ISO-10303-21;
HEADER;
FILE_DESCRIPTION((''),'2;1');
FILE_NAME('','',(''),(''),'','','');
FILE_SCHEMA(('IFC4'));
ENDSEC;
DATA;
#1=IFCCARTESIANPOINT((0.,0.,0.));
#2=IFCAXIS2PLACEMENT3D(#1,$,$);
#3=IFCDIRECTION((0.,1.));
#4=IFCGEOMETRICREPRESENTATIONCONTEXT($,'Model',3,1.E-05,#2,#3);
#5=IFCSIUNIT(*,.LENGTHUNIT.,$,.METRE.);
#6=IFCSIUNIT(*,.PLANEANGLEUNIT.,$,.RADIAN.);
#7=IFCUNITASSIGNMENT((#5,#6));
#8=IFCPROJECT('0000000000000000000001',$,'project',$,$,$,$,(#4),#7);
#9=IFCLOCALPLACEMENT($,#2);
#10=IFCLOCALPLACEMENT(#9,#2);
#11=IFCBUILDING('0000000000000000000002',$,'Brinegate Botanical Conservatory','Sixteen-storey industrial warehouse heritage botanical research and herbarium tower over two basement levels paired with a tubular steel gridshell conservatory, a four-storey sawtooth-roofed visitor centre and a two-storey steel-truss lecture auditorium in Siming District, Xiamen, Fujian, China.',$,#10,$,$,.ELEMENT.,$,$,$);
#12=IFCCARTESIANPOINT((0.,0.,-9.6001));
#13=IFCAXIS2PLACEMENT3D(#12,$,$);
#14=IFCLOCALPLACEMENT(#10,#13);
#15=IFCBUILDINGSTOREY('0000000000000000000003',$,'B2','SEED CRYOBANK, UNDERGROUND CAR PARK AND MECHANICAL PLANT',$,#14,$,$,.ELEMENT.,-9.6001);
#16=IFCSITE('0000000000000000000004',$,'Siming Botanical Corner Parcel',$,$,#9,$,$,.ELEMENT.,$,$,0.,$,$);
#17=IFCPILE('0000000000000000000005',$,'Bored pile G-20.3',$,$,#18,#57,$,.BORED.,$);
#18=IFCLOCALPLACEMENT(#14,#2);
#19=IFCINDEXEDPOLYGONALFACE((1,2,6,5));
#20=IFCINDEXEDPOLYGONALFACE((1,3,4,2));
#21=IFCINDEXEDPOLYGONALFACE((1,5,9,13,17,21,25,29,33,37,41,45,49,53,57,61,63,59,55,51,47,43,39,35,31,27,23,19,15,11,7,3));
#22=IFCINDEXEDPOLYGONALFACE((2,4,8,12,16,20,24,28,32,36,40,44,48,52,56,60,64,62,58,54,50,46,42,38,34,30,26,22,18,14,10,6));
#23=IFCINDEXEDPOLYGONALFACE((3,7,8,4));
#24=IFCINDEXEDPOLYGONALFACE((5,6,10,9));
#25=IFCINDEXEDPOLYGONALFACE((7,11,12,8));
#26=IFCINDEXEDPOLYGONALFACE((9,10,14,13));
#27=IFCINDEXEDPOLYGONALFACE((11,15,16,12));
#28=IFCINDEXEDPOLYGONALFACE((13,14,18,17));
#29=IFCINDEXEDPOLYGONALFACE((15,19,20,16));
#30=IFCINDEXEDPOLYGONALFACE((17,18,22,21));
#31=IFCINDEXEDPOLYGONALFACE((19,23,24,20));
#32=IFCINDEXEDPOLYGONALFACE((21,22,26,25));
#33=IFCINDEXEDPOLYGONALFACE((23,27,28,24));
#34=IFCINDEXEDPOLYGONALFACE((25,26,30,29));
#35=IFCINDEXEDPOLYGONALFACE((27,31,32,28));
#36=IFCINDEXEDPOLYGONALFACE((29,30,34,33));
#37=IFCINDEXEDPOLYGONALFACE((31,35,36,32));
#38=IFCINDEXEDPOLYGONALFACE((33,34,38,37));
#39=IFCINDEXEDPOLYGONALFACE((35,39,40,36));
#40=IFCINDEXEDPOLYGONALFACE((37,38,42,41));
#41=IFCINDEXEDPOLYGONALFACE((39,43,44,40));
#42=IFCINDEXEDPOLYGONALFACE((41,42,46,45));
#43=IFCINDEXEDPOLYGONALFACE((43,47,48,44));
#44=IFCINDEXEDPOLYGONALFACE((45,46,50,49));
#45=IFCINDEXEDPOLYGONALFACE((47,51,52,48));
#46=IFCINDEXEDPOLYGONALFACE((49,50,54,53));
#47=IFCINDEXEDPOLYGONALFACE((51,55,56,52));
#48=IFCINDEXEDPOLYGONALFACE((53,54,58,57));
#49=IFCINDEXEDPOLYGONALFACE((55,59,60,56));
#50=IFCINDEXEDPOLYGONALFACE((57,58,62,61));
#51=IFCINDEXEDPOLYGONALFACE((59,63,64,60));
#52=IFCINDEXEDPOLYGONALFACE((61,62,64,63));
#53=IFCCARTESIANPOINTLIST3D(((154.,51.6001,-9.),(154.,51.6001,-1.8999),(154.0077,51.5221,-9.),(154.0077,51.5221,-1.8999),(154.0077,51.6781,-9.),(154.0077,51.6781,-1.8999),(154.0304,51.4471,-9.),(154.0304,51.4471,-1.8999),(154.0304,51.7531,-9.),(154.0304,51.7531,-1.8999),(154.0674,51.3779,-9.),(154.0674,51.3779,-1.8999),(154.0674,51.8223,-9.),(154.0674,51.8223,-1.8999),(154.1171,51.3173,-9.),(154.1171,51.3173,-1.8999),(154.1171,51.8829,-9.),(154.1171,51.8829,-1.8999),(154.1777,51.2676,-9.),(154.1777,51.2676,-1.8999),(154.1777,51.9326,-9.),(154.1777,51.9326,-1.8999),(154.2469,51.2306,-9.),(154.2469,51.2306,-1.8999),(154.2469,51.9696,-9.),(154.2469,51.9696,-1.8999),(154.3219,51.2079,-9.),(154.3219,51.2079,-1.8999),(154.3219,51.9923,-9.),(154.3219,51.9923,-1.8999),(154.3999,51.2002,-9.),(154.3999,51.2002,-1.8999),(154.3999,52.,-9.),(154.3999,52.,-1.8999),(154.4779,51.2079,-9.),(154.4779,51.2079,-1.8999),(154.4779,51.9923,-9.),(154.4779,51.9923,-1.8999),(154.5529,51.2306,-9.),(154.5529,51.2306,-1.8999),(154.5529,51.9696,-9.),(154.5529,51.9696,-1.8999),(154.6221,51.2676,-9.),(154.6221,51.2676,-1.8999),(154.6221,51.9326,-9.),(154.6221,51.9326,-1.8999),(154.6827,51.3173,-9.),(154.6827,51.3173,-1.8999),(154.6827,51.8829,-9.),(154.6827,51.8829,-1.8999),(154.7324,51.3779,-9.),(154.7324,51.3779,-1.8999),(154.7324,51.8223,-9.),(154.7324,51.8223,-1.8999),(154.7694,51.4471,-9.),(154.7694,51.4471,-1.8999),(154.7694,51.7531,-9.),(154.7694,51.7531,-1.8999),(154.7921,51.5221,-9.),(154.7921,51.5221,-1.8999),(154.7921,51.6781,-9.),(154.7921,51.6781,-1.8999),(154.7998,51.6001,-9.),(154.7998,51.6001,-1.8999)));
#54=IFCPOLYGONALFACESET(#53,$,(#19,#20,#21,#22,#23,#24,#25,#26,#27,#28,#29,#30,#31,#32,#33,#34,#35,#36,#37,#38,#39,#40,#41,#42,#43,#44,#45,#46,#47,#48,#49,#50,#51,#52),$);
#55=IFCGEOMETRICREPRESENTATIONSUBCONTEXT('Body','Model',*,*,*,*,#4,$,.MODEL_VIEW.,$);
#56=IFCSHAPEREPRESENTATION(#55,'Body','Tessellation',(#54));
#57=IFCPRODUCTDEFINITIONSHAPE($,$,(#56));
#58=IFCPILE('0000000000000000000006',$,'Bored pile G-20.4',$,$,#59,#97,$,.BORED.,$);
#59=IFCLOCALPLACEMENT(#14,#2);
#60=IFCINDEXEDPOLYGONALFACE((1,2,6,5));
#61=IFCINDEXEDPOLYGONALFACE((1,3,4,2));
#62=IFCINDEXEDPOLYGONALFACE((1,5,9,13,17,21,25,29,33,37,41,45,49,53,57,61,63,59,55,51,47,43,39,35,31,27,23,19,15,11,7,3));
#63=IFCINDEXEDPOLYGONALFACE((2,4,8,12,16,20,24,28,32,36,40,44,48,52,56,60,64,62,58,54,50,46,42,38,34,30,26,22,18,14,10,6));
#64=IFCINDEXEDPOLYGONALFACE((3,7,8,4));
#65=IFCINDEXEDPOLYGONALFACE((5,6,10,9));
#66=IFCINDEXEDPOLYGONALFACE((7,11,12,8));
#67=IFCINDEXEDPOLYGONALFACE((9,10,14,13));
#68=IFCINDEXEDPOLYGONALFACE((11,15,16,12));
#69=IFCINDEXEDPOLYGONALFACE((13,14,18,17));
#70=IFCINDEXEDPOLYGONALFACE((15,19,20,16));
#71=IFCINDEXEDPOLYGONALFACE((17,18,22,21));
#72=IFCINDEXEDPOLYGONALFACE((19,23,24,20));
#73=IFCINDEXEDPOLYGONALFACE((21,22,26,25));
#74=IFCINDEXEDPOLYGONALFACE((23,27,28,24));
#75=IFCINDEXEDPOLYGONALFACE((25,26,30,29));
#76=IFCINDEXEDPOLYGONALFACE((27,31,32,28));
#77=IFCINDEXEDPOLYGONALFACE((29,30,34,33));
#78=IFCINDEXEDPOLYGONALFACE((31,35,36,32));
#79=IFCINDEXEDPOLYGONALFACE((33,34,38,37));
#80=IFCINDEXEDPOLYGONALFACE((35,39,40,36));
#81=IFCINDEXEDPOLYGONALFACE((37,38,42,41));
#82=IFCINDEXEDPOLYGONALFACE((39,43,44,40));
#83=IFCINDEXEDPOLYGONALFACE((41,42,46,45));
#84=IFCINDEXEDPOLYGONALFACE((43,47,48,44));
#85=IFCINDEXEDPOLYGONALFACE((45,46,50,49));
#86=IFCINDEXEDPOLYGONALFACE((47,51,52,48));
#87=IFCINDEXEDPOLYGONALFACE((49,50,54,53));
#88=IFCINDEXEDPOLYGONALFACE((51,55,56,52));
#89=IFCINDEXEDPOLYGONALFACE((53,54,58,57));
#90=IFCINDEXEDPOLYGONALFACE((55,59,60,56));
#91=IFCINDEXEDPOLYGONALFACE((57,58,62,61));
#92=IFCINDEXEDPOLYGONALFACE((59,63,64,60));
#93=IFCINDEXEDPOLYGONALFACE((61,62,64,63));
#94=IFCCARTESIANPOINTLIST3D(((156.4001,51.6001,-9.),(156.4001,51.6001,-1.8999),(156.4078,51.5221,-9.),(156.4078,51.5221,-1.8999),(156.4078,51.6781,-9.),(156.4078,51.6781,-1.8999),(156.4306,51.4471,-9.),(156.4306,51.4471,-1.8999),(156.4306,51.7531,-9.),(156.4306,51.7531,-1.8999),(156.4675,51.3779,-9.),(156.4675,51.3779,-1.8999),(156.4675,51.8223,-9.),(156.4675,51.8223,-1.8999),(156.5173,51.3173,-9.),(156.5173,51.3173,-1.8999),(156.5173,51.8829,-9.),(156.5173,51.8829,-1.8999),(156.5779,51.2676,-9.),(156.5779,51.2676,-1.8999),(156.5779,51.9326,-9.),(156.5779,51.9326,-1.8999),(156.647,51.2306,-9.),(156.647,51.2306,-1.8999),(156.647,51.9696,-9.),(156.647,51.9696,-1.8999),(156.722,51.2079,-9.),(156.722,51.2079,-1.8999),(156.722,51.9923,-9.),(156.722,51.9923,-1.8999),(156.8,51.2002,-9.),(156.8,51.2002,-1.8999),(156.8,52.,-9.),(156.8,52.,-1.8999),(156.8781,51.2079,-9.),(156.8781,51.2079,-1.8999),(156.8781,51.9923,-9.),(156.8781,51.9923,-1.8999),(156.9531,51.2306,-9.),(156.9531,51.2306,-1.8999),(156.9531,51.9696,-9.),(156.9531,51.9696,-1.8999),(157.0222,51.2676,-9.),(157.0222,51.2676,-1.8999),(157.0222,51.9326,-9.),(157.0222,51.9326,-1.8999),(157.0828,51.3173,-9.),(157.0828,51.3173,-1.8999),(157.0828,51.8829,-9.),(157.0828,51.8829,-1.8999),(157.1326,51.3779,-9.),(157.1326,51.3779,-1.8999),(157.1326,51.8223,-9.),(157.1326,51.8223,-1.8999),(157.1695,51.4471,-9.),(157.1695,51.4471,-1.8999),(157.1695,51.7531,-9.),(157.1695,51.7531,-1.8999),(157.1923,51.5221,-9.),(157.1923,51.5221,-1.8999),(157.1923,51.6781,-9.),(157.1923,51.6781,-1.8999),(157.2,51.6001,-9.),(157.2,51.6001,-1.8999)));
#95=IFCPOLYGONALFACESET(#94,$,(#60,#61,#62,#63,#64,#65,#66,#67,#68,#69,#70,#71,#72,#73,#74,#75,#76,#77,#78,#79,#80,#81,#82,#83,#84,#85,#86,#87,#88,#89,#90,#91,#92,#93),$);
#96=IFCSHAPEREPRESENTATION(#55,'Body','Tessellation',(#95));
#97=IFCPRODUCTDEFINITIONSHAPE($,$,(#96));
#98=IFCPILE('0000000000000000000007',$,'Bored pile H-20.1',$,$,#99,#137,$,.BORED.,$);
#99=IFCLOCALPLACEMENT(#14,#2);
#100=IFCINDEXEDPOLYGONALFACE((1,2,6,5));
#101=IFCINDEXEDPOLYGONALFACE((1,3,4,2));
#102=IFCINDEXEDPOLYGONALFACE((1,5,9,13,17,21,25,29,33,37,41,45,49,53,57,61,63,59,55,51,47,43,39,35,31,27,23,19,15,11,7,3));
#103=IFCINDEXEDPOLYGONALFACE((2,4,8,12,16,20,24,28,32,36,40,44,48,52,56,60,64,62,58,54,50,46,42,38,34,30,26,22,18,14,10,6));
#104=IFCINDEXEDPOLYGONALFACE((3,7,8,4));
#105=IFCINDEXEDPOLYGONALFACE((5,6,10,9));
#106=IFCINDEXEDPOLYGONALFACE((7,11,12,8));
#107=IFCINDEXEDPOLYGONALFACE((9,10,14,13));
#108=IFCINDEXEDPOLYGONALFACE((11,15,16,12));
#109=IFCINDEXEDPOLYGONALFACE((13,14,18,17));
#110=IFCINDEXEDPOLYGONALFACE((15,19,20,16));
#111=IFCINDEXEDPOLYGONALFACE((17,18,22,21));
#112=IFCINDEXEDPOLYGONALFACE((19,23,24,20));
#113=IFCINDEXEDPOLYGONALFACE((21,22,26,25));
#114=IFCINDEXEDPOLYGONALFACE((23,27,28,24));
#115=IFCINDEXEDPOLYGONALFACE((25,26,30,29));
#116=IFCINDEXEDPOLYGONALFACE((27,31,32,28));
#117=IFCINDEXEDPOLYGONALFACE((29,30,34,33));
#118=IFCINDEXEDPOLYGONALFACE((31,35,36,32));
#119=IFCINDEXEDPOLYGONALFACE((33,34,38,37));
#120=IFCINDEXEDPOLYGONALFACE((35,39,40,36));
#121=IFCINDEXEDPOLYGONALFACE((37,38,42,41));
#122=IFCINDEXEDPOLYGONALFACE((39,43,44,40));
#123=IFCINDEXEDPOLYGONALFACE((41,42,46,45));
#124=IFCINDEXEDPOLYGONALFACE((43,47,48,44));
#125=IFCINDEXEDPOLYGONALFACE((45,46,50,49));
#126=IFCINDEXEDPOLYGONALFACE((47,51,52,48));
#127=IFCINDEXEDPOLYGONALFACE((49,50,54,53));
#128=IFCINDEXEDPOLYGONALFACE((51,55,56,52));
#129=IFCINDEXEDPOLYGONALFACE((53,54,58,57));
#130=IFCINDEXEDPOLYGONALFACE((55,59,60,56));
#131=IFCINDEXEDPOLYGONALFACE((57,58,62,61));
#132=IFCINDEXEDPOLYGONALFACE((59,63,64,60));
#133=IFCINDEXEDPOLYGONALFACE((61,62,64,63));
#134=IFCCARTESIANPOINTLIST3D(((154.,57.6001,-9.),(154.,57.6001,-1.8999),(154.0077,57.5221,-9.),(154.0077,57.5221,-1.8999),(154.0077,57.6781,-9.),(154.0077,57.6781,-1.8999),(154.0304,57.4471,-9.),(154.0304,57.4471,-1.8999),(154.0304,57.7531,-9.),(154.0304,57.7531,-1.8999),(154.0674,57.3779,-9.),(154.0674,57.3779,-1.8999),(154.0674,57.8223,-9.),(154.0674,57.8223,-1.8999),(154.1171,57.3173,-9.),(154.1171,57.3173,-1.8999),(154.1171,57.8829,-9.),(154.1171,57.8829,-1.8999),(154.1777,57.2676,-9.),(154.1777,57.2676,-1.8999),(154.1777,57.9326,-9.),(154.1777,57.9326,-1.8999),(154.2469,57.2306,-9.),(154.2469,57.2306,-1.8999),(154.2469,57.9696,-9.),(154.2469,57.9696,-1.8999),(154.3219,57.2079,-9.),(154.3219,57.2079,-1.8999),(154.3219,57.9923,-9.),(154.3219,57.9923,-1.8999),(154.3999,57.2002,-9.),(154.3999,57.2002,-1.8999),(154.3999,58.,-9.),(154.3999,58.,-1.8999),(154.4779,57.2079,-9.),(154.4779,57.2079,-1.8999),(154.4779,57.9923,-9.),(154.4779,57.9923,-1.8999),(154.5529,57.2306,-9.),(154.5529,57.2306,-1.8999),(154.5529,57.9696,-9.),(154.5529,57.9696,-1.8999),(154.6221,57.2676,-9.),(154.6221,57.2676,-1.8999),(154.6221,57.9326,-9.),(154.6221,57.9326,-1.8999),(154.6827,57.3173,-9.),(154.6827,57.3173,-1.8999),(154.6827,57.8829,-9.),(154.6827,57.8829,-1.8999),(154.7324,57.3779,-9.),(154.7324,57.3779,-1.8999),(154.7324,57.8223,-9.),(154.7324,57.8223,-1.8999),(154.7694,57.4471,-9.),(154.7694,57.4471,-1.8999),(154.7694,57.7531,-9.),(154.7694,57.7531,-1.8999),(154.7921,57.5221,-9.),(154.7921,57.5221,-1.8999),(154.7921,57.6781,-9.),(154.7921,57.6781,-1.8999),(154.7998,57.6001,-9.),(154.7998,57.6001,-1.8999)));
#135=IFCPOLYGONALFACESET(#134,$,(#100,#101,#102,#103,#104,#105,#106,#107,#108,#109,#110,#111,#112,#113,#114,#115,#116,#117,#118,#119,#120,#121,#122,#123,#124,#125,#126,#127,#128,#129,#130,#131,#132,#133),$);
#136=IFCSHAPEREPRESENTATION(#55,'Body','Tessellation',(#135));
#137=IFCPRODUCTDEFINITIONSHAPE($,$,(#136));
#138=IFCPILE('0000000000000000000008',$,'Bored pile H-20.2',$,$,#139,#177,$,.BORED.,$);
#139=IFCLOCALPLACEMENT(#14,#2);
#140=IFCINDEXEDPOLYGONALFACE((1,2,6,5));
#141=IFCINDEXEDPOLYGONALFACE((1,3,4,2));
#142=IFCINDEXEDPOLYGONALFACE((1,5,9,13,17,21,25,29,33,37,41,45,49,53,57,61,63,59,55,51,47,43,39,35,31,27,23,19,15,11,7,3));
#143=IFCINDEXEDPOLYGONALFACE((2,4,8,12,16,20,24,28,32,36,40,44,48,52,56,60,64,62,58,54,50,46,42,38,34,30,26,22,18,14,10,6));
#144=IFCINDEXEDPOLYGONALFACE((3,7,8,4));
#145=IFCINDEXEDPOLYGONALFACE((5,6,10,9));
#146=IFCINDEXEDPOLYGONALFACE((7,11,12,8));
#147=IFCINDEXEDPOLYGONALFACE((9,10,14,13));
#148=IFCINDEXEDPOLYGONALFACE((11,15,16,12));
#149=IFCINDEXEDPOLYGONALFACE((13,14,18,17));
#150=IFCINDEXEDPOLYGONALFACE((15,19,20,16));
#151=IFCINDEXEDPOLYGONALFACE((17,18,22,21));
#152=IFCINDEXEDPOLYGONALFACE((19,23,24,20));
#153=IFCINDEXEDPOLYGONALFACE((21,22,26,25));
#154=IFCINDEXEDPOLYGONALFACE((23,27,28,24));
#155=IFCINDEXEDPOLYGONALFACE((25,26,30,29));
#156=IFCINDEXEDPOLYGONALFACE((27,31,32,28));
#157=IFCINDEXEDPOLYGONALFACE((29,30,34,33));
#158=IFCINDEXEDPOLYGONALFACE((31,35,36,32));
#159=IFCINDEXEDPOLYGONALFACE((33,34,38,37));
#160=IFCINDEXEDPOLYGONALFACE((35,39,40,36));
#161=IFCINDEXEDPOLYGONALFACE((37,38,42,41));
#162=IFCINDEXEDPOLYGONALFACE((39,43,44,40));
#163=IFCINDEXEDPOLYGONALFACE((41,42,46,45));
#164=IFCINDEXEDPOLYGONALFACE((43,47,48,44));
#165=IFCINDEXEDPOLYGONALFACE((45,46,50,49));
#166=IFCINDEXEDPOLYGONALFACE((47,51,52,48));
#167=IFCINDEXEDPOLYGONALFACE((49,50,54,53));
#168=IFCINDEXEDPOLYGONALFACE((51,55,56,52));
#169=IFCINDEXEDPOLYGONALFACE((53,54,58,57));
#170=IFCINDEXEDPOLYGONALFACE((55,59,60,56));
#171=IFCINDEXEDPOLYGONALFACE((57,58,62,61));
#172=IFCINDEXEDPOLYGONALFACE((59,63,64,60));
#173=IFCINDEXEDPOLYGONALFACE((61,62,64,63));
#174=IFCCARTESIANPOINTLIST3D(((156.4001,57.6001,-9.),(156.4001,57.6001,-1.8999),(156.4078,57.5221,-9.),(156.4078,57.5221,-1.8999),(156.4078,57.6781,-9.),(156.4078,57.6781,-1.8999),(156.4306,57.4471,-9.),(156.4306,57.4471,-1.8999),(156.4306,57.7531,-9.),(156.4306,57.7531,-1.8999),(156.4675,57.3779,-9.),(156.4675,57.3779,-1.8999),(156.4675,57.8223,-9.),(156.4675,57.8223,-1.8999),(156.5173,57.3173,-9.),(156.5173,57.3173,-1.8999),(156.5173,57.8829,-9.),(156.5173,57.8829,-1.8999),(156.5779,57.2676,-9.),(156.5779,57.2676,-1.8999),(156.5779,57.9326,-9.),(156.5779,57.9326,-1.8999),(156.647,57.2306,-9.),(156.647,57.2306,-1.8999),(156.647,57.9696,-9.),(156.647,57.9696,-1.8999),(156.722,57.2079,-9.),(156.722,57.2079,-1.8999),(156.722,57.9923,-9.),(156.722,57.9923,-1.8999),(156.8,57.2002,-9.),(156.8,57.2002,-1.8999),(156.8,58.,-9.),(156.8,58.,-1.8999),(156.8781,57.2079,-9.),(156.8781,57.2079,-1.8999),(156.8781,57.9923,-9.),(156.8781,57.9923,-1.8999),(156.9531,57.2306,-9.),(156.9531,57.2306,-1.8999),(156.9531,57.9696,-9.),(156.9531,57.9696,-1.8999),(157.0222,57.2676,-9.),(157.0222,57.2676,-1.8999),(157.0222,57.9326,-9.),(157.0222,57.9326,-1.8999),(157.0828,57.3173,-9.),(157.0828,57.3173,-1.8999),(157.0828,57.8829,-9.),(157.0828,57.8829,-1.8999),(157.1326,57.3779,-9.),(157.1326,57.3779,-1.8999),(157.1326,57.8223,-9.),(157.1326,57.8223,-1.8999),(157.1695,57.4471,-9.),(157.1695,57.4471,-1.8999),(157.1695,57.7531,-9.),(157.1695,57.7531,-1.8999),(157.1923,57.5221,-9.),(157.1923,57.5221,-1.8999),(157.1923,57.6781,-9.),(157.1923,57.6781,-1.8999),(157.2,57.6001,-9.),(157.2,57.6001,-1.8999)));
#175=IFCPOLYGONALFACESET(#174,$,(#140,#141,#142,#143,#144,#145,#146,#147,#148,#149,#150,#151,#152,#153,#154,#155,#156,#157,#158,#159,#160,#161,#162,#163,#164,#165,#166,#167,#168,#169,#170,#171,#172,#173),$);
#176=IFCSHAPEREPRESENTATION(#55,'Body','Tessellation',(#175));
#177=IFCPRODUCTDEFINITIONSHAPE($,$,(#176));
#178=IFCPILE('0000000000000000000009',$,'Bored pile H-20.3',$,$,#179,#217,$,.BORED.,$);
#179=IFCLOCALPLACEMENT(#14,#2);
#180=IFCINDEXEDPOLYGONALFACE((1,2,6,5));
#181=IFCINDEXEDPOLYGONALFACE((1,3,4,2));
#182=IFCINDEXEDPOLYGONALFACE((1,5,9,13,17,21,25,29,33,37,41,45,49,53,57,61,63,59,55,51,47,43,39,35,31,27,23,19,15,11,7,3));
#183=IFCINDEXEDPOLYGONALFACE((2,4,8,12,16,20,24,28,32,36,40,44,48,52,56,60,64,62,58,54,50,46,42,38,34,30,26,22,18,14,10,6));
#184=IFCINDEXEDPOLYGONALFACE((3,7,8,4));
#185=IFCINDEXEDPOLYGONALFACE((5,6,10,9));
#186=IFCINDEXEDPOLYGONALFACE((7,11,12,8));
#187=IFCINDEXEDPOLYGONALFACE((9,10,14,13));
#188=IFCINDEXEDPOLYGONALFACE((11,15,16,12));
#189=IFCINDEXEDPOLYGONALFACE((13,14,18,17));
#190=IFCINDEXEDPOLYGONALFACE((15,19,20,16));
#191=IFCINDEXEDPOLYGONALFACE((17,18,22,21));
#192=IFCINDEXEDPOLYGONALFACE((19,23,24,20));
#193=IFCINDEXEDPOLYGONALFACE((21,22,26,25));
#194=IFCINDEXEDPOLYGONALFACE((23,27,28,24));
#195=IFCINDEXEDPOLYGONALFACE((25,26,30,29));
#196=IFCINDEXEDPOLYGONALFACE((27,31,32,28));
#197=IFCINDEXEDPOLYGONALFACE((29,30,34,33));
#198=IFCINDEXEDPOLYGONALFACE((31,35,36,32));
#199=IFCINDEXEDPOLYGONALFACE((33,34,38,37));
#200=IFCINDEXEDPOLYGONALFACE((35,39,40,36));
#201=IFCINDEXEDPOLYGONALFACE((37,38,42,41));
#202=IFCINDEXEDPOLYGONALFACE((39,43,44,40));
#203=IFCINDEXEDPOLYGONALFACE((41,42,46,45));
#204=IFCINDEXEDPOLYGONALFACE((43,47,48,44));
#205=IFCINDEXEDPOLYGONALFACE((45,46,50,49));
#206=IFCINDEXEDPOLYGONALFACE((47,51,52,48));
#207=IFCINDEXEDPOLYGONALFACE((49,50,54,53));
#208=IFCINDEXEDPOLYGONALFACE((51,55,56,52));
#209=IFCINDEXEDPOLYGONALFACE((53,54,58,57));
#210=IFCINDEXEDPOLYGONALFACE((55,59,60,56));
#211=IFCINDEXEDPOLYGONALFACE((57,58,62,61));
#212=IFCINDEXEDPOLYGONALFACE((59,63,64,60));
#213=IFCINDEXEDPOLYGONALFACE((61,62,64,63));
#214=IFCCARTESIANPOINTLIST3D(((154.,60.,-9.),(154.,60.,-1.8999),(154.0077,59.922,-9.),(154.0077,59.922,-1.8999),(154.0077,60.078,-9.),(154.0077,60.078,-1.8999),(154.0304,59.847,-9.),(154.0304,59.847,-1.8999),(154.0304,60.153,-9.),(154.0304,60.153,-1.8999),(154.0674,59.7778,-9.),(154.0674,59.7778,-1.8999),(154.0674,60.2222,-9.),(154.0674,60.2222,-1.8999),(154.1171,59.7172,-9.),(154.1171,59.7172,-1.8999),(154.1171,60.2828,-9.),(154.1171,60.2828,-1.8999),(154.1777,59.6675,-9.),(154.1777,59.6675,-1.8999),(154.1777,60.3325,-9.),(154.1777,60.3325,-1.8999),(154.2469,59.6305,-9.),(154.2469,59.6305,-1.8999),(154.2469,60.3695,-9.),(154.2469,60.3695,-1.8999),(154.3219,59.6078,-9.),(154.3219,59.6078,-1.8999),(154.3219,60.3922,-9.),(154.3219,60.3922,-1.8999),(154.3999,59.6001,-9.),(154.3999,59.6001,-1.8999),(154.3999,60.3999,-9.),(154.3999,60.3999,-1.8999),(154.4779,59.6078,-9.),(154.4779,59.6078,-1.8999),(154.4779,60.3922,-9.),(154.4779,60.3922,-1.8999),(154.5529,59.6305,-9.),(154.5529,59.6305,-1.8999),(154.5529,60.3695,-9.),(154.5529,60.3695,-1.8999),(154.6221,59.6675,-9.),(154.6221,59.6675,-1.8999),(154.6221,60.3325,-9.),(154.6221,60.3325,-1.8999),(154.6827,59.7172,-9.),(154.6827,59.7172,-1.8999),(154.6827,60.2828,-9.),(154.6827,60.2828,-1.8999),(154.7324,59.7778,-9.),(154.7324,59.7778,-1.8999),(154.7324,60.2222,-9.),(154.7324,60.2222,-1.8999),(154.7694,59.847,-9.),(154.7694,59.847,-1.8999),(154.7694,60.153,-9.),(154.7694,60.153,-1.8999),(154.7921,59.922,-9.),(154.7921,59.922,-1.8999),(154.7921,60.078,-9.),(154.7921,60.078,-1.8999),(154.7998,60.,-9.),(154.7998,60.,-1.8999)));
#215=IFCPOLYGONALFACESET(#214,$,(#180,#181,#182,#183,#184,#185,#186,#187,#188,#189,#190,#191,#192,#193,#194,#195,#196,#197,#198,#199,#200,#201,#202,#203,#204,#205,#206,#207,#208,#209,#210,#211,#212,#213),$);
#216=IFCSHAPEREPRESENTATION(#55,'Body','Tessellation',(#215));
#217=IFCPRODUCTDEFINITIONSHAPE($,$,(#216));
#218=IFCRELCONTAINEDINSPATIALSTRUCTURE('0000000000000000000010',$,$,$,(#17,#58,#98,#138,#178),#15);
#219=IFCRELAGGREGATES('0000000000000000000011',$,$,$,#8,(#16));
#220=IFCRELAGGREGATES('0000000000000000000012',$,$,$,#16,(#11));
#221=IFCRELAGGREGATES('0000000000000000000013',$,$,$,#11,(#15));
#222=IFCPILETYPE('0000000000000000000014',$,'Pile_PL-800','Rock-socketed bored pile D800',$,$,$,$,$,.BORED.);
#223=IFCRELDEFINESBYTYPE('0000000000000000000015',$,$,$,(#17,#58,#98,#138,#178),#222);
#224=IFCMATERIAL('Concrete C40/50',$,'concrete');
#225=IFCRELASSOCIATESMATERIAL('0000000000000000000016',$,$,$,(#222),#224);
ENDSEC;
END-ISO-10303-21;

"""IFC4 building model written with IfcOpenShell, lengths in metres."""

from ifc_helpers import new_model, si_unit, direction, frame, origin, origin_2d, place, context, subcontext, project, spatial, circle, extrude, material, material_profile, profile_set, type_object, element, save


model = new_model("IFC4")

# Units and contexts
model_context = context("Model", 3, precision=1e-05, world=origin(), true_north=direction((0.0, 1.0)))
body_context = subcontext(model_context, "Body", "Model", "MODEL_VIEW")
ifc_project = project(units=[si_unit("LENGTHUNIT", "METRE"), si_unit("PLANEANGLEUNIT", "RADIAN")], contexts=[model_context])

# Site, building, storey
site_placement = place(None, origin())
site = spatial("IfcSite", under=ifc_project, at=site_placement, Name="Siming Botanical Corner Parcel", CompositionType="ELEMENT", RefElevation=0.0)
building_placement = place(site_placement, origin())
building = spatial("IfcBuilding", under=site, at=building_placement, Name="Brinegate Botanical Conservatory", Description="Sixteen-storey industrial warehouse heritage botanical research and herbarium tower over two basement levels paired with a tubular steel gridshell conservatory, a four-storey sawtooth-roofed visitor centre and a two-storey steel-truss lecture auditorium in Siming District, Xiamen, Fujian, China.", CompositionType="ELEMENT")
storey_placement = place(building_placement, frame((0.0, 0.0, -9.6001)))
storey = spatial("IfcBuildingStorey", under=building, at=storey_placement, Name="B2", Description="SEED CRYOBANK, UNDERGROUND CAR PARK AND MECHANICAL PLANT", CompositionType="ELEMENT", Elevation=-9.6001)

# Shared definitions
ifc_material = material(Name="Concrete C40/50", Category="concrete")

# Piles
ifc_material_profile_1 = material_profile(ifc_material, circle(Radius=0.3999, at=origin_2d()), Name="PILE D800")
ifc_profile_set_1 = profile_set([ifc_material_profile_1], Name="Concrete C40/50")
pile_type = type_object("IfcPileType", Name="Pile_PL-800", Description="Rock-socketed bored pile D800", PredefinedType="BORED", material=ifc_profile_set_1)
for number, where, z_axis, x_axis, name in (
    (1, (154.3999, 51.6001, -1.8999), (0.0, 0.0, -1.0), (1.0, 0.0, 0.0), "Bored pile G-20.3"),
    (2, (156.8, 51.6001, -1.8999), (0.0, 0.0, -1.0), (1.0, 0.0, 0.0), "Bored pile G-20.4"),
    (3, (154.3999, 57.6001, -1.8999), (0.0, 0.0, -1.0), (1.0, 0.0, 0.0), "Bored pile H-20.1"),
    (4, (156.8, 57.6001, -1.8999), (0.0, 0.0, -1.0), (1.0, 0.0, 0.0), "Bored pile H-20.2"),
    (5, (154.3999, 60.0, -1.8999), (0.0, 0.0, -1.0), (1.0, 0.0, 0.0), "Bored pile H-20.3"),
):
    element("IfcPile", number, at=place(storey_placement, frame(where, z_axis=z_axis, x_axis=x_axis)), inside=storey, type_object=pile_type, Name=name, PredefinedType="BORED", context=body_context, shape_type="SweptSolid", body=[
        extrude(circle(Radius=0.3999, at=origin_2d()), origin(), (0.0, 0.0, 1.0), 7.1001),
    ])

save(model, "model.ifc")
